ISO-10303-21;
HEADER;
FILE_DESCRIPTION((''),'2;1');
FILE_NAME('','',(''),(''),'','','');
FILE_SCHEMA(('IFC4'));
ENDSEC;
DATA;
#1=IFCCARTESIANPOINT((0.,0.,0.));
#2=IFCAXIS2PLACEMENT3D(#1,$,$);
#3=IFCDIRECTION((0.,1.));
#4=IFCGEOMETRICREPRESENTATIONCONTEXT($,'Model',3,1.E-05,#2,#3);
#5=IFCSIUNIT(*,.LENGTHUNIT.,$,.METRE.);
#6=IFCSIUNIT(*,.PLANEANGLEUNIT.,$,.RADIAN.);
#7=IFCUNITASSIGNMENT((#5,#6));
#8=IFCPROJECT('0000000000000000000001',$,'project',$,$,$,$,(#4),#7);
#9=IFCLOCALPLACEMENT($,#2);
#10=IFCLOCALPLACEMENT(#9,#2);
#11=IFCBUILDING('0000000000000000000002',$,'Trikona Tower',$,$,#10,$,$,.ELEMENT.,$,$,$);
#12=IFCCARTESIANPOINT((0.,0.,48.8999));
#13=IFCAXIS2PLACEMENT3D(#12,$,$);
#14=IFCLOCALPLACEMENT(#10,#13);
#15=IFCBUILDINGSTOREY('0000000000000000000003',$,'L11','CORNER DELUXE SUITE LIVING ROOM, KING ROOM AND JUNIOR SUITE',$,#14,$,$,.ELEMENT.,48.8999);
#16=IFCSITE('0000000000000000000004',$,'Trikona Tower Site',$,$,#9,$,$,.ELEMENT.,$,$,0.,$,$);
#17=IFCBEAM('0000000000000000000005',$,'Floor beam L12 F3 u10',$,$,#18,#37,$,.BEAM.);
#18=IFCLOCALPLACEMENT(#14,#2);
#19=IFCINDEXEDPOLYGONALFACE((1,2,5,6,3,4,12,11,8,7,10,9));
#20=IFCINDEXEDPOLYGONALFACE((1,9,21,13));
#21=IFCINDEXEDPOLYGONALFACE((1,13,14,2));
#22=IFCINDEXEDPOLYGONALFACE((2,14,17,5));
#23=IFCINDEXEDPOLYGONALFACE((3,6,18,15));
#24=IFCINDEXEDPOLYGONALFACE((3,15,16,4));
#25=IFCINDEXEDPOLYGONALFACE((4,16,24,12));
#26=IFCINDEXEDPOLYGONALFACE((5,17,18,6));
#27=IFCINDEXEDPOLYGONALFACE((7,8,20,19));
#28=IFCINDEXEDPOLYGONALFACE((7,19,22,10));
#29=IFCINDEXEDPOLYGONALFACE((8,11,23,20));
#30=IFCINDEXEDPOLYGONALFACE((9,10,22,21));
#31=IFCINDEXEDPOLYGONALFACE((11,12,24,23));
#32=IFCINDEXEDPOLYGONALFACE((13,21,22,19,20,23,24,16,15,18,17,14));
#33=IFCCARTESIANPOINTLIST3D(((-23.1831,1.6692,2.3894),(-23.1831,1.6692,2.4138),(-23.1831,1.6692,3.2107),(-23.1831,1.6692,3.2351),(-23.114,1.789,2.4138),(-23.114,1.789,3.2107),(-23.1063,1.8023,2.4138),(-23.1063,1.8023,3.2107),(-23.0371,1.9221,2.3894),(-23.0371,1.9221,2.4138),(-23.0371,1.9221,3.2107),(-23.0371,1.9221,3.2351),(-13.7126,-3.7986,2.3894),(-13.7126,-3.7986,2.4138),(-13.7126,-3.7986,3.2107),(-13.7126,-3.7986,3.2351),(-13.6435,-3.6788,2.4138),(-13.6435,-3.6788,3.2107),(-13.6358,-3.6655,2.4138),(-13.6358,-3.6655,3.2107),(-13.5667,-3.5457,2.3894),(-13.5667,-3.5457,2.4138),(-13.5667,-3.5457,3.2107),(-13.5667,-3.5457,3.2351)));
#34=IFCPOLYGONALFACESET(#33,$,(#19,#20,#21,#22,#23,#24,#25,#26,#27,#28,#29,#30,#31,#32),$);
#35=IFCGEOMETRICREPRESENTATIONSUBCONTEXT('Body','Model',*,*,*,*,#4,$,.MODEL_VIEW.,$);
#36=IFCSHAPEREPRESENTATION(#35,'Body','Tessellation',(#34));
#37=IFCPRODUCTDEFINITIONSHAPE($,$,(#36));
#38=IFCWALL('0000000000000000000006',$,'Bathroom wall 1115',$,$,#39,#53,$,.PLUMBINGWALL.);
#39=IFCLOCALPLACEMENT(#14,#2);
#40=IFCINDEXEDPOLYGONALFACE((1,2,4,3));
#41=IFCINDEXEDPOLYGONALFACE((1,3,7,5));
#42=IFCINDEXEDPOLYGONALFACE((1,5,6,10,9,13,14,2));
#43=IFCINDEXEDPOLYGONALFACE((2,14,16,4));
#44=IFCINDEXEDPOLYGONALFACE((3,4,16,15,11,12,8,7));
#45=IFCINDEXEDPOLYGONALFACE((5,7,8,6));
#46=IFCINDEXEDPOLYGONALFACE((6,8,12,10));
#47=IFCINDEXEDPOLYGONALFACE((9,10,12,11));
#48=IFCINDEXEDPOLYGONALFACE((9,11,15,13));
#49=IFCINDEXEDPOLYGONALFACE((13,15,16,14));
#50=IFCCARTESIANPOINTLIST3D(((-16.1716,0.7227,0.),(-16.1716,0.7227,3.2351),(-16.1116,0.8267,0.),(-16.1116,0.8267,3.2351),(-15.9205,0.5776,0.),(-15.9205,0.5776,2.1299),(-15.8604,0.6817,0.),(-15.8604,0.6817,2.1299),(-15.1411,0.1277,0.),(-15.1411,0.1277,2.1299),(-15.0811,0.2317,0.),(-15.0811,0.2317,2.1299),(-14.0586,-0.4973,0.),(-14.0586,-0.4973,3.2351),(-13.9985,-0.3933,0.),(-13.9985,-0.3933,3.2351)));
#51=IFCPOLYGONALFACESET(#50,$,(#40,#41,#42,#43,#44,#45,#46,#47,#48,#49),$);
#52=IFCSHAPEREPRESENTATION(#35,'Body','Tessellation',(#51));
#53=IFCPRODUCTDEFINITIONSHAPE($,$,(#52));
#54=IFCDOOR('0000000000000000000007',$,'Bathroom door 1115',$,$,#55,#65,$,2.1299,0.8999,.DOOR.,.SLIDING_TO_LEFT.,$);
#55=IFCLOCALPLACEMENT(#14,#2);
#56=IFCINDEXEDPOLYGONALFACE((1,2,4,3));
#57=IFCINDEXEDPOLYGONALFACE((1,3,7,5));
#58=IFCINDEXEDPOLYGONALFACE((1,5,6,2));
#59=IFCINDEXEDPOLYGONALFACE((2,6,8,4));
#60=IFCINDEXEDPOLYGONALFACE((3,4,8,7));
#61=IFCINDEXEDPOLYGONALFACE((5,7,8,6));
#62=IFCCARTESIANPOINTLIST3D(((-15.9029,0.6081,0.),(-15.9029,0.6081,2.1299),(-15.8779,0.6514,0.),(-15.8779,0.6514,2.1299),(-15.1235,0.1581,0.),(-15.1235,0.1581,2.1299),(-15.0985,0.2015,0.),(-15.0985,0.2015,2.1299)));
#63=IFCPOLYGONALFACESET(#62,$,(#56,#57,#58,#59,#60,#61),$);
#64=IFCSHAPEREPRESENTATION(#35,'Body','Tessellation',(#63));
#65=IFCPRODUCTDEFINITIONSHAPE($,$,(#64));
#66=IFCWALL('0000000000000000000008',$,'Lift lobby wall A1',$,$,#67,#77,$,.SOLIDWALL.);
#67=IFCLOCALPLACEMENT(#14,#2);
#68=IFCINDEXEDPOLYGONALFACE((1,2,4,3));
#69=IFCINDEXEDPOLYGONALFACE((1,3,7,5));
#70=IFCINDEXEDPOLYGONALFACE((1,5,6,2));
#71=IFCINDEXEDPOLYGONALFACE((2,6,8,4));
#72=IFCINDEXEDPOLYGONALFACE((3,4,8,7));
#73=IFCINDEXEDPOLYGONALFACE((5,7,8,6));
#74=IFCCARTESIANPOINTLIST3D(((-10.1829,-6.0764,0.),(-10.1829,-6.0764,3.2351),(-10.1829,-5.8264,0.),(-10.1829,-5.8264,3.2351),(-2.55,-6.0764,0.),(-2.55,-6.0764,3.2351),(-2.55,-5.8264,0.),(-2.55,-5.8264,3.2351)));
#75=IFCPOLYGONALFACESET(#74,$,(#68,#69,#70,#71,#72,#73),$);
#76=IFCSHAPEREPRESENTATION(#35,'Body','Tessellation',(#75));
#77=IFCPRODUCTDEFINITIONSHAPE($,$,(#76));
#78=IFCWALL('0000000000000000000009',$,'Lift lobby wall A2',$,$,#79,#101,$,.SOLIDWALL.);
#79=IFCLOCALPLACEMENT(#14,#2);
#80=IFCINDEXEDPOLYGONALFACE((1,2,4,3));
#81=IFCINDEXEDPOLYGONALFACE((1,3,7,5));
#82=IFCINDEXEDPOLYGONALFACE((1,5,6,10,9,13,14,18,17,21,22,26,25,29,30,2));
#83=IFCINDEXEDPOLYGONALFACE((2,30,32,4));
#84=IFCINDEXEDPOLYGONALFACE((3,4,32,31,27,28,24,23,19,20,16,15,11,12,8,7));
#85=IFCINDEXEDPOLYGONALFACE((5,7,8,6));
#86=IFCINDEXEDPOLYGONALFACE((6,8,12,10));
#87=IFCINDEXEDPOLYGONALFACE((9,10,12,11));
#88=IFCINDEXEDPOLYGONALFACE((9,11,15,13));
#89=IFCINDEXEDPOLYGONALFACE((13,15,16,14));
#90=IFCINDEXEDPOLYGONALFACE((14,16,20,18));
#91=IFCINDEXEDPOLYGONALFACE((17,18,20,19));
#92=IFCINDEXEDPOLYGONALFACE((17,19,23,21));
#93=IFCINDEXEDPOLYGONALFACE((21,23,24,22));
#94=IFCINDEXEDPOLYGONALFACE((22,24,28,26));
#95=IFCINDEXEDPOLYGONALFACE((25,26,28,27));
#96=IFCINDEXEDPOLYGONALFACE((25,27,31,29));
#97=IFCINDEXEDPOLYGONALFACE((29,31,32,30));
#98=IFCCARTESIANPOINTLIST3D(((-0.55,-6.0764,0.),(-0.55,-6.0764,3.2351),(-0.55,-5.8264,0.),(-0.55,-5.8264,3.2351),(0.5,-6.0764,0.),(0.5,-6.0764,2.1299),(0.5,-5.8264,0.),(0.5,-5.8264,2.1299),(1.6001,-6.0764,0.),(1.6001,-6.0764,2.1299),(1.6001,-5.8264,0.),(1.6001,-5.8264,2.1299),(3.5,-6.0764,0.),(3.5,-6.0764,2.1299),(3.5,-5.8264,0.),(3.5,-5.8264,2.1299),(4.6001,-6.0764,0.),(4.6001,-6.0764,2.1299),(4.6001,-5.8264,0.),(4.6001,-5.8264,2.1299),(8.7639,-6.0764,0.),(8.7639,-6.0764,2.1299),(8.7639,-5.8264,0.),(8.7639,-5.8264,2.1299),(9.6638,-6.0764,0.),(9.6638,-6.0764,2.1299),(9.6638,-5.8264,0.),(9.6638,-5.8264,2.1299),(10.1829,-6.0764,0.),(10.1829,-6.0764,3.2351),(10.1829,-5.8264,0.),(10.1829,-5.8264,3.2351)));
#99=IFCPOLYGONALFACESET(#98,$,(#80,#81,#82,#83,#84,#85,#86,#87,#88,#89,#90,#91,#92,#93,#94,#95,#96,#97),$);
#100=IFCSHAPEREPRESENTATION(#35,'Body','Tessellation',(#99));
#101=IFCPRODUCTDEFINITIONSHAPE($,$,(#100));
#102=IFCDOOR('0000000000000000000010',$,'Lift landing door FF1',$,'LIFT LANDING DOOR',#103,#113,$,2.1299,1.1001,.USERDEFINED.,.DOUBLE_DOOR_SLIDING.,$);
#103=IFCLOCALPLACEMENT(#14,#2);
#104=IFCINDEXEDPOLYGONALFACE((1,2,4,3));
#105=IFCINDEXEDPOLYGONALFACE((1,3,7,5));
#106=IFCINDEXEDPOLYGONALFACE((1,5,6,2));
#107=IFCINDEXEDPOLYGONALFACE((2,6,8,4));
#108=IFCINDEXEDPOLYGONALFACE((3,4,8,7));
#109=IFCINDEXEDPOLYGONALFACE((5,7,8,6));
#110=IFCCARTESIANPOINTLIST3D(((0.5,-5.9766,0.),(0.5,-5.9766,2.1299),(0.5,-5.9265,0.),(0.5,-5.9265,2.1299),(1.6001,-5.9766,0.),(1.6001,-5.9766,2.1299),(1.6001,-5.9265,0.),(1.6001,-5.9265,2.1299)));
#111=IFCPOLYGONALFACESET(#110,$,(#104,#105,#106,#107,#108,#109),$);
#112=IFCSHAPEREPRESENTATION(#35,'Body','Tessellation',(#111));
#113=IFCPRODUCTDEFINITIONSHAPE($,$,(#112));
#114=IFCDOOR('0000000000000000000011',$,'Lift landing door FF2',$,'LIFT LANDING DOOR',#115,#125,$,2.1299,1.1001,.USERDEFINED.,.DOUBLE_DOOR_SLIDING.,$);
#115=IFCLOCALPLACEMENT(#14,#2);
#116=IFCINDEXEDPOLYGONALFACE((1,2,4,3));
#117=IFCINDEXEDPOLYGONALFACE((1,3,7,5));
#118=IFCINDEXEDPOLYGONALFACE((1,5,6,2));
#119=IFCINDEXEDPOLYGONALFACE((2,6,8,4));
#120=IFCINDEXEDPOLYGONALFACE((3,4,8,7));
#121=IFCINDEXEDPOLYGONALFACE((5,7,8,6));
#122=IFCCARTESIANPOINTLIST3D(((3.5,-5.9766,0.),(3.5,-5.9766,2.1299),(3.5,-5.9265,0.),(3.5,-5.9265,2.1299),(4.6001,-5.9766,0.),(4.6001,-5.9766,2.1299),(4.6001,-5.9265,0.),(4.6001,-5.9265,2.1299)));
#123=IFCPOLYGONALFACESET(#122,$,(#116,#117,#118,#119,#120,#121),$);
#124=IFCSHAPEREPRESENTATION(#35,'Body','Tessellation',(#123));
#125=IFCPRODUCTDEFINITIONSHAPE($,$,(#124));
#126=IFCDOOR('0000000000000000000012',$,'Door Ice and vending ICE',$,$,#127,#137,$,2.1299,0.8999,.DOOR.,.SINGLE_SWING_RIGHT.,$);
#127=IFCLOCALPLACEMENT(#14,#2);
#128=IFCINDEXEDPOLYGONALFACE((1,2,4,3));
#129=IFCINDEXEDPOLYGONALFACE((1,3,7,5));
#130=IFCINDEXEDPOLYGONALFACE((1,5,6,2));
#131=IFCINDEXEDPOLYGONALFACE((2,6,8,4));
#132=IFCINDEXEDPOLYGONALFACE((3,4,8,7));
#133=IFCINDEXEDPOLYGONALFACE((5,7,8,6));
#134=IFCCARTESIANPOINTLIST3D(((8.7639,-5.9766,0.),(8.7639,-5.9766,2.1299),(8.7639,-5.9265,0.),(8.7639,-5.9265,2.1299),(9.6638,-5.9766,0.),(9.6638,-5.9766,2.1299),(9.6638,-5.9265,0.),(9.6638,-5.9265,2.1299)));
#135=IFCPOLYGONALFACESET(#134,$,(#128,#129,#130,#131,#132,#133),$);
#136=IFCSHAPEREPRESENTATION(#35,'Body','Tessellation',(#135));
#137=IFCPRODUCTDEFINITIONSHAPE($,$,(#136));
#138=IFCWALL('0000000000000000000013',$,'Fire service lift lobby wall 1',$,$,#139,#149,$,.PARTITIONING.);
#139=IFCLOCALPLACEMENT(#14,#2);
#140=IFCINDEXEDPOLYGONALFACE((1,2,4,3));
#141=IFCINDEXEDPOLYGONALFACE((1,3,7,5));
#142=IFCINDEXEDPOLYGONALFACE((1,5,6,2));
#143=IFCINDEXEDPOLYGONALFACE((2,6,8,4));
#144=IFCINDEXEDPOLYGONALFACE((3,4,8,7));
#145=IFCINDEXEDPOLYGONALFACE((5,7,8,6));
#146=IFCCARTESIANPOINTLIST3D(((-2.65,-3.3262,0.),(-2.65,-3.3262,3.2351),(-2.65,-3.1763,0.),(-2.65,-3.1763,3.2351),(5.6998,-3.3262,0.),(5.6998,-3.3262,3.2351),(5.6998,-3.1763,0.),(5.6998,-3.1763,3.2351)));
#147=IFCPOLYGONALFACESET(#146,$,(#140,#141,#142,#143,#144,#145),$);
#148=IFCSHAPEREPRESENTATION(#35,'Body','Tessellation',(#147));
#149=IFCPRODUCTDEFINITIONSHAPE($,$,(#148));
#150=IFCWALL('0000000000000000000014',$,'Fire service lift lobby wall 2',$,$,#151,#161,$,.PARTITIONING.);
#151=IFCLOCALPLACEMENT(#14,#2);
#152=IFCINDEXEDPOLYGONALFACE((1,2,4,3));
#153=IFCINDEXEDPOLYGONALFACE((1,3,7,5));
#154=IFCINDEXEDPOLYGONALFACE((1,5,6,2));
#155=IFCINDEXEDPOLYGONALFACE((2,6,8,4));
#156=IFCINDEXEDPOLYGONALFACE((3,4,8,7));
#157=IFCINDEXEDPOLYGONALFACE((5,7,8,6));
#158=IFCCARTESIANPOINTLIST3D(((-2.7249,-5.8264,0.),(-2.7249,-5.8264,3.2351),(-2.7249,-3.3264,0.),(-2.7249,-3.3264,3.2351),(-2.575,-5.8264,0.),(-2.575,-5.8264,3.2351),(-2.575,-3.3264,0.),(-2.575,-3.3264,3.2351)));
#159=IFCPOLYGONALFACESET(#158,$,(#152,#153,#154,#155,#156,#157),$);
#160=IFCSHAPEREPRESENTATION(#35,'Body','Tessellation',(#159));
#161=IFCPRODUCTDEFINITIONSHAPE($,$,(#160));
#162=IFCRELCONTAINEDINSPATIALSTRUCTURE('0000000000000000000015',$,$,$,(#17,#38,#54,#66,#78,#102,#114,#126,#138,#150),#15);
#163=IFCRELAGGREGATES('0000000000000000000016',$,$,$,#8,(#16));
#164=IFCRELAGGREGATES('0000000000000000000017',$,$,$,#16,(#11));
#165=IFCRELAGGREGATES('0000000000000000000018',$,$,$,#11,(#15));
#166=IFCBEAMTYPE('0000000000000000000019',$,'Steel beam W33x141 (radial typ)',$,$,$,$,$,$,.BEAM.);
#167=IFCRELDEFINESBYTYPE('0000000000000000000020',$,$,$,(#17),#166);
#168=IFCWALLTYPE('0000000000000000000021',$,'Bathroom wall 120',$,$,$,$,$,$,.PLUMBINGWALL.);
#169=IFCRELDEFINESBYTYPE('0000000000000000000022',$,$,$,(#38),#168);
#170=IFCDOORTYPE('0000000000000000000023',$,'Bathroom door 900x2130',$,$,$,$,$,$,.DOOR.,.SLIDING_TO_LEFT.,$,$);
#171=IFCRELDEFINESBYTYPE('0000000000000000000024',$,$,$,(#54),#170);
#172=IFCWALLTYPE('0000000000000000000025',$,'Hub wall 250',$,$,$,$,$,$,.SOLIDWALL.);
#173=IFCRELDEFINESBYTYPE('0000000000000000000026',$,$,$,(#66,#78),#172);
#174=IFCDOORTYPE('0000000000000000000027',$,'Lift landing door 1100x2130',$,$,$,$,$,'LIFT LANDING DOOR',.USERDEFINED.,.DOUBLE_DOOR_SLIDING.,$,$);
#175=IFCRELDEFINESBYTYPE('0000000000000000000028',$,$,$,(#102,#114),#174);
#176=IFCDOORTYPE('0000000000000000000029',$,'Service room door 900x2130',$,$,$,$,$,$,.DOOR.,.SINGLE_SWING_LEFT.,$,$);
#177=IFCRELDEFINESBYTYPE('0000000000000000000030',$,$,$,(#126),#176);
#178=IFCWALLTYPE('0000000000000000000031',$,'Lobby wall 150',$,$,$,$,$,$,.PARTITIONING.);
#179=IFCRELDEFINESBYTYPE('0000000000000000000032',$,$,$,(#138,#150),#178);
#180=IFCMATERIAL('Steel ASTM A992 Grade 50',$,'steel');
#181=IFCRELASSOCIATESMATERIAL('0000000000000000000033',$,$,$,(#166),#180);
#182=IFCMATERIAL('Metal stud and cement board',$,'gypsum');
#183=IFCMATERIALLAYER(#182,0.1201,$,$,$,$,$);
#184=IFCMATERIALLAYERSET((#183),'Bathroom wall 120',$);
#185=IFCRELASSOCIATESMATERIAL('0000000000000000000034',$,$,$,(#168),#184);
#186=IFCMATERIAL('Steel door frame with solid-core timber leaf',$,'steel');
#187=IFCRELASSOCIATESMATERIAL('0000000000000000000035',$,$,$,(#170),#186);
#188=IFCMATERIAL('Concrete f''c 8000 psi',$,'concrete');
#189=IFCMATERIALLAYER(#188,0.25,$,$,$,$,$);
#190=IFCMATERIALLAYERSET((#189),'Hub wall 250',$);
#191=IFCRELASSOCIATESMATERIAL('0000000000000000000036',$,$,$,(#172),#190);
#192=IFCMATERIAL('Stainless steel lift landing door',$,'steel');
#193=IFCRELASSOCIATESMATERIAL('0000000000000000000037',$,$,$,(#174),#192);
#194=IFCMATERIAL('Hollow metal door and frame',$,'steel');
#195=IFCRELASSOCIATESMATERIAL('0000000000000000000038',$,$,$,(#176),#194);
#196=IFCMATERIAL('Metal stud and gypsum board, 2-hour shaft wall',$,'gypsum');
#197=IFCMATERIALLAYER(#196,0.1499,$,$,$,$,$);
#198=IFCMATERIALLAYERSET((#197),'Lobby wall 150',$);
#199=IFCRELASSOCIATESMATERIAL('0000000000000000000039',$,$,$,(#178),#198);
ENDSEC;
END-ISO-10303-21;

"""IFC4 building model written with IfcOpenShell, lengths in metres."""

from ifc_helpers import new_model, si_unit, direction, frame, frame_2d, origin, origin_2d, place, context, subcontext, project, spatial, rectangle, i_section, extrude, material, layer, layer_set, material_profile, profile_set, type_object, element, fill, save


model = new_model("IFC4")

# Units and contexts
model_context = context("Model", 3, precision=1e-05, world=origin(), true_north=direction((0.0, 1.0)))
body_context = subcontext(model_context, "Body", "Model", "MODEL_VIEW")
ifc_project = project(units=[si_unit("LENGTHUNIT", "METRE"), si_unit("PLANEANGLEUNIT", "RADIAN")], contexts=[model_context])

# Site, building, storey
site_placement = place(None, origin())
site = spatial("IfcSite", under=ifc_project, at=site_placement, Name="Trikona Tower Site", CompositionType="ELEMENT", RefElevation=0.0)
building_placement = place(site_placement, origin())
building = spatial("IfcBuilding", under=site, at=building_placement, Name="Trikona Tower", CompositionType="ELEMENT")
storey_placement = place(building_placement, frame((0.0, 0.0, 48.8999)))
storey = spatial("IfcBuildingStorey", under=building, at=storey_placement, Name="L11", Description="CORNER DELUXE SUITE LIVING ROOM, KING ROOM AND JUNIOR SUITE", CompositionType="ELEMENT", Elevation=48.8999)

# Beam
ifc_material_1 = material(Name="Steel ASTM A992 Grade 50", Category="steel")
ifc_material_profile = material_profile(ifc_material_1, i_section(OverallWidth=0.292, OverallDepth=0.8457, WebThickness=0.0154, FlangeThickness=0.0244, at=origin_2d()), Name="W33X141")
ifc_profile_set = profile_set([ifc_material_profile], Name="Steel ASTM A992 Grade 50")
beam_type = type_object("IfcBeamType", Name="Steel beam W33x141 (radial typ)", PredefinedType="BEAM", material=ifc_profile_set)
beam_placement = place(storey_placement, frame((-13.6396, -3.6721, 2.8123), z_axis=(-0.866025, 0.5, 0.0), x_axis=(-0.5, -0.866025, 0.0)))
element("IfcBeam", 1, at=beam_placement, inside=storey, type_object=beam_type, Name="Floor beam L12 F3 u10", PredefinedType="BEAM", context=body_context, shape_type="SweptSolid", body=[
    extrude(i_section(OverallWidth=0.292, OverallDepth=0.8457, WebThickness=0.0154, FlangeThickness=0.0244, at=origin_2d()), origin(), (0.0, 0.0, 1.0), 10.9355),
])

# Wall, opening, door
ifc_material_2 = material(Name="Metal stud and cement board", Category="gypsum")
ifc_layer_1 = layer(ifc_material_2, 0.1201)
ifc_layer_set_1 = layer_set([ifc_layer_1], Name="Bathroom wall 120")
wall_type_1 = type_object("IfcWallType", Name="Bathroom wall 120", PredefinedType="PLUMBINGWALL", material=ifc_layer_set_1)
wall_1_placement = place(storey_placement, frame((-14.0286, -0.4453, 0.0), z_axis=(0.0, 0.0, 1.0), x_axis=(-0.866024, 0.500003, 0.0)))
wall_1 = element("IfcWall", 2, at=wall_1_placement, inside=storey, type_object=wall_type_1, Name="Bathroom wall 1115", PredefinedType="PLUMBINGWALL", context=body_context, shape_type="SweptSolid", body=[
    extrude(rectangle(XDim=2.4399, YDim=0.1201, at=frame_2d((1.22, 0.0))), origin(), (0.0, 0.0, 1.0), 3.2351),
])
opening_1_placement = place(wall_1_placement, frame((1.25, 0.0, 0.0)))
opening_1 = element("IfcOpeningElement", 3, at=opening_1_placement, cuts=wall_1, PredefinedType="OPENING", context=body_context, shape_type="SweptSolid", body=[
    extrude(rectangle(XDim=0.8999, YDim=2.1299, at=frame_2d((0.45, 1.0649))), frame((0.0, 0.0701, 0.0), z_axis=(0.0, -1.0, 0.0), x_axis=(1.0, 0.0, 0.0)), (0.0, 0.0, 1.0), 0.1401),
])
ifc_material_3 = material(Name="Steel door frame with solid-core timber leaf", Category="steel")
door_type_1 = type_object("IfcDoorType", Name="Bathroom door 900x2130", OperationType="SLIDING_TO_LEFT", PredefinedType="DOOR", material=ifc_material_3)
door_1_placement = place(opening_1_placement, origin())
door_1 = element("IfcDoor", 4, at=door_1_placement, inside=storey, type_object=door_type_1, Name="Bathroom door 1115", OperationType="SLIDING_TO_LEFT", OverallHeight=2.1299, OverallWidth=0.8999, PredefinedType="DOOR", context=body_context, shape_type="SweptSolid", body=[
    extrude(rectangle(XDim=0.8999, YDim=2.1299, at=frame_2d((0.45, 1.0649))), frame((0.0, 0.0249, 0.0), z_axis=(0.0, -1.0, 0.0), x_axis=(1.0, 0.0, 0.0)), (0.0, 0.0, 1.0), 0.05),
])
fill(opening_1, door_1)

# Wall
ifc_material_4 = material(Name="Concrete f'c 8000 psi", Category="concrete")
ifc_layer_2 = layer(ifc_material_4, 0.25)
ifc_layer_set_2 = layer_set([ifc_layer_2], Name="Hub wall 250")
wall_type_2 = type_object("IfcWallType", Name="Hub wall 250", PredefinedType="SOLIDWALL", material=ifc_layer_set_2)
wall_2_placement = place(storey_placement, frame((-10.1829, -5.9514, 0.0), z_axis=(0.0, 0.0, 1.0), x_axis=(1.0, 0.0, 0.0)))
element("IfcWall", 5, at=wall_2_placement, inside=storey, type_object=wall_type_2, Name="Lift lobby wall A1", PredefinedType="SOLIDWALL", context=body_context, shape_type="SweptSolid", body=[
    extrude(rectangle(XDim=7.6328, YDim=0.25, at=frame_2d((3.8164, 0.0))), origin(), (0.0, 0.0, 1.0), 3.2351),
])

# Wall, openings, doors
wall_3_placement = place(storey_placement, frame((-0.55, -5.9514, 0.0), z_axis=(0.0, 0.0, 1.0), x_axis=(1.0, 0.0, 0.0)))
wall_3 = element("IfcWall", 6, at=wall_3_placement, inside=storey, type_object=wall_type_2, Name="Lift lobby wall A2", PredefinedType="SOLIDWALL", context=body_context, shape_type="SweptSolid", body=[
    extrude(rectangle(XDim=10.7329, YDim=0.25, at=frame_2d((5.3665, 0.0))), origin(), (0.0, 0.0, 1.0), 3.2351),
])
opening_2_placement = place(wall_3_placement, frame((9.314, 0.0, 0.0)))
opening_2 = element("IfcOpeningElement", 7, at=opening_2_placement, cuts=wall_3, PredefinedType="OPENING", context=body_context, shape_type="SweptSolid", body=[
    extrude(rectangle(XDim=0.8999, YDim=2.1299, at=frame_2d((0.45, 1.0649))), frame((0.0, 0.135, 0.0), z_axis=(0.0, -1.0, 0.0), x_axis=(1.0, 0.0, 0.0)), (0.0, 0.0, 1.0), 0.27),
])
opening_3_placement = place(wall_3_placement, frame((1.05, 0.0, 0.0)))
opening_3 = element("IfcOpeningElement", 8, at=opening_3_placement, cuts=wall_3, PredefinedType="OPENING", context=body_context, shape_type="SweptSolid", body=[
    extrude(rectangle(XDim=1.1001, YDim=2.1299, at=frame_2d((0.55, 1.0649))), frame((0.0, 0.135, 0.0), z_axis=(0.0, -1.0, 0.0), x_axis=(1.0, 0.0, 0.0)), (0.0, 0.0, 1.0), 0.27),
])
opening_4_placement = place(wall_3_placement, frame((4.05, 0.0, 0.0)))
opening_4 = element("IfcOpeningElement", 9, at=opening_4_placement, cuts=wall_3, PredefinedType="OPENING", context=body_context, shape_type="SweptSolid", body=[
    extrude(rectangle(XDim=1.1001, YDim=2.1299, at=frame_2d((0.55, 1.0649))), frame((0.0, 0.135, 0.0), z_axis=(0.0, -1.0, 0.0), x_axis=(1.0, 0.0, 0.0)), (0.0, 0.0, 1.0), 0.27),
])
ifc_material_5 = material(Name="Stainless steel lift landing door", Category="steel")
door_type_2 = type_object("IfcDoorType", Name="Lift landing door 1100x2130", ElementType="LIFT LANDING DOOR", OperationType="DOUBLE_DOOR_SLIDING", PredefinedType="USERDEFINED", material=ifc_material_5)
door_2_placement = place(opening_3_placement, origin())
door_2 = element("IfcDoor", 10, at=door_2_placement, inside=storey, type_object=door_type_2, Name="Lift landing door FF1", ObjectType="LIFT LANDING DOOR", OperationType="DOUBLE_DOOR_SLIDING", OverallHeight=2.1299, OverallWidth=1.1001, PredefinedType="USERDEFINED", context=body_context, shape_type="SweptSolid", body=[
    extrude(rectangle(XDim=1.1001, YDim=2.1299, at=frame_2d((0.55, 1.0649))), frame((0.0, 0.0249, 0.0), z_axis=(0.0, -1.0, 0.0), x_axis=(1.0, 0.0, 0.0)), (0.0, 0.0, 1.0), 0.05),
])
fill(opening_3, door_2)
door_3_placement = place(opening_4_placement, origin())
door_3 = element("IfcDoor", 11, at=door_3_placement, inside=storey, type_object=door_type_2, Name="Lift landing door FF2", ObjectType="LIFT LANDING DOOR", OperationType="DOUBLE_DOOR_SLIDING", OverallHeight=2.1299, OverallWidth=1.1001, PredefinedType="USERDEFINED", context=body_context, shape_type="SweptSolid", body=[
    extrude(rectangle(XDim=1.1001, YDim=2.1299, at=frame_2d((0.55, 1.0649))), frame((0.0, 0.0249, 0.0), z_axis=(0.0, -1.0, 0.0), x_axis=(1.0, 0.0, 0.0)), (0.0, 0.0, 1.0), 0.05),
])
fill(opening_4, door_3)
ifc_material_6 = material(Name="Hollow metal door and frame", Category="steel")
door_type_3 = type_object("IfcDoorType", Name="Service room door 900x2130", OperationType="SINGLE_SWING_LEFT", PredefinedType="DOOR", material=ifc_material_6)
door_4_placement = place(opening_2_placement, origin())
door_4 = element("IfcDoor", 12, at=door_4_placement, inside=storey, type_object=door_type_3, Name="Door Ice and vending ICE", OperationType="SINGLE_SWING_RIGHT", OverallHeight=2.1299, OverallWidth=0.8999, PredefinedType="DOOR", context=body_context, shape_type="SweptSolid", body=[
    extrude(rectangle(XDim=0.8999, YDim=2.1299, at=frame_2d((0.45, 1.0649))), frame((0.0, 0.0249, 0.0), z_axis=(0.0, -1.0, 0.0), x_axis=(1.0, 0.0, 0.0)), (0.0, 0.0, 1.0), 0.05),
])
fill(opening_2, door_4)

# Walls
ifc_material_7 = material(Name="Metal stud and gypsum board, 2-hour shaft wall", Category="gypsum")
ifc_layer_3 = layer(ifc_material_7, 0.1499)
ifc_layer_set_3 = layer_set([ifc_layer_3], Name="Lobby wall 150")
wall_type_3 = type_object("IfcWallType", Name="Lobby wall 150", PredefinedType="PARTITIONING", material=ifc_layer_set_3)
wall_4_placement = place(storey_placement, frame((-2.6499, -3.2512, 0.0), z_axis=(0.0, 0.0, 1.0), x_axis=(1.0, 0.0, 0.0)))
element("IfcWall", 13, at=wall_4_placement, inside=storey, type_object=wall_type_3, Name="Fire service lift lobby wall 1", PredefinedType="PARTITIONING", context=body_context, shape_type="SweptSolid", body=[
    extrude(rectangle(XDim=8.3499, YDim=0.1499, at=frame_2d((4.1748, 0.0))), origin(), (0.0, 0.0, 1.0), 3.2351),
])
wall_5_placement = place(storey_placement, frame((-2.6499, -5.8264, 0.0), z_axis=(0.0, 0.0, 1.0), x_axis=(0.0, 1.0, 0.0)))
element("IfcWall", 14, at=wall_5_placement, inside=storey, type_object=wall_type_3, Name="Fire service lift lobby wall 2", PredefinedType="PARTITIONING", context=body_context, shape_type="SweptSolid", body=[
    extrude(rectangle(XDim=2.5, YDim=0.1499, at=frame_2d((1.25, 0.0))), origin(), (0.0, 0.0, 1.0), 3.2351),
])

save(model, "model.ifc")
